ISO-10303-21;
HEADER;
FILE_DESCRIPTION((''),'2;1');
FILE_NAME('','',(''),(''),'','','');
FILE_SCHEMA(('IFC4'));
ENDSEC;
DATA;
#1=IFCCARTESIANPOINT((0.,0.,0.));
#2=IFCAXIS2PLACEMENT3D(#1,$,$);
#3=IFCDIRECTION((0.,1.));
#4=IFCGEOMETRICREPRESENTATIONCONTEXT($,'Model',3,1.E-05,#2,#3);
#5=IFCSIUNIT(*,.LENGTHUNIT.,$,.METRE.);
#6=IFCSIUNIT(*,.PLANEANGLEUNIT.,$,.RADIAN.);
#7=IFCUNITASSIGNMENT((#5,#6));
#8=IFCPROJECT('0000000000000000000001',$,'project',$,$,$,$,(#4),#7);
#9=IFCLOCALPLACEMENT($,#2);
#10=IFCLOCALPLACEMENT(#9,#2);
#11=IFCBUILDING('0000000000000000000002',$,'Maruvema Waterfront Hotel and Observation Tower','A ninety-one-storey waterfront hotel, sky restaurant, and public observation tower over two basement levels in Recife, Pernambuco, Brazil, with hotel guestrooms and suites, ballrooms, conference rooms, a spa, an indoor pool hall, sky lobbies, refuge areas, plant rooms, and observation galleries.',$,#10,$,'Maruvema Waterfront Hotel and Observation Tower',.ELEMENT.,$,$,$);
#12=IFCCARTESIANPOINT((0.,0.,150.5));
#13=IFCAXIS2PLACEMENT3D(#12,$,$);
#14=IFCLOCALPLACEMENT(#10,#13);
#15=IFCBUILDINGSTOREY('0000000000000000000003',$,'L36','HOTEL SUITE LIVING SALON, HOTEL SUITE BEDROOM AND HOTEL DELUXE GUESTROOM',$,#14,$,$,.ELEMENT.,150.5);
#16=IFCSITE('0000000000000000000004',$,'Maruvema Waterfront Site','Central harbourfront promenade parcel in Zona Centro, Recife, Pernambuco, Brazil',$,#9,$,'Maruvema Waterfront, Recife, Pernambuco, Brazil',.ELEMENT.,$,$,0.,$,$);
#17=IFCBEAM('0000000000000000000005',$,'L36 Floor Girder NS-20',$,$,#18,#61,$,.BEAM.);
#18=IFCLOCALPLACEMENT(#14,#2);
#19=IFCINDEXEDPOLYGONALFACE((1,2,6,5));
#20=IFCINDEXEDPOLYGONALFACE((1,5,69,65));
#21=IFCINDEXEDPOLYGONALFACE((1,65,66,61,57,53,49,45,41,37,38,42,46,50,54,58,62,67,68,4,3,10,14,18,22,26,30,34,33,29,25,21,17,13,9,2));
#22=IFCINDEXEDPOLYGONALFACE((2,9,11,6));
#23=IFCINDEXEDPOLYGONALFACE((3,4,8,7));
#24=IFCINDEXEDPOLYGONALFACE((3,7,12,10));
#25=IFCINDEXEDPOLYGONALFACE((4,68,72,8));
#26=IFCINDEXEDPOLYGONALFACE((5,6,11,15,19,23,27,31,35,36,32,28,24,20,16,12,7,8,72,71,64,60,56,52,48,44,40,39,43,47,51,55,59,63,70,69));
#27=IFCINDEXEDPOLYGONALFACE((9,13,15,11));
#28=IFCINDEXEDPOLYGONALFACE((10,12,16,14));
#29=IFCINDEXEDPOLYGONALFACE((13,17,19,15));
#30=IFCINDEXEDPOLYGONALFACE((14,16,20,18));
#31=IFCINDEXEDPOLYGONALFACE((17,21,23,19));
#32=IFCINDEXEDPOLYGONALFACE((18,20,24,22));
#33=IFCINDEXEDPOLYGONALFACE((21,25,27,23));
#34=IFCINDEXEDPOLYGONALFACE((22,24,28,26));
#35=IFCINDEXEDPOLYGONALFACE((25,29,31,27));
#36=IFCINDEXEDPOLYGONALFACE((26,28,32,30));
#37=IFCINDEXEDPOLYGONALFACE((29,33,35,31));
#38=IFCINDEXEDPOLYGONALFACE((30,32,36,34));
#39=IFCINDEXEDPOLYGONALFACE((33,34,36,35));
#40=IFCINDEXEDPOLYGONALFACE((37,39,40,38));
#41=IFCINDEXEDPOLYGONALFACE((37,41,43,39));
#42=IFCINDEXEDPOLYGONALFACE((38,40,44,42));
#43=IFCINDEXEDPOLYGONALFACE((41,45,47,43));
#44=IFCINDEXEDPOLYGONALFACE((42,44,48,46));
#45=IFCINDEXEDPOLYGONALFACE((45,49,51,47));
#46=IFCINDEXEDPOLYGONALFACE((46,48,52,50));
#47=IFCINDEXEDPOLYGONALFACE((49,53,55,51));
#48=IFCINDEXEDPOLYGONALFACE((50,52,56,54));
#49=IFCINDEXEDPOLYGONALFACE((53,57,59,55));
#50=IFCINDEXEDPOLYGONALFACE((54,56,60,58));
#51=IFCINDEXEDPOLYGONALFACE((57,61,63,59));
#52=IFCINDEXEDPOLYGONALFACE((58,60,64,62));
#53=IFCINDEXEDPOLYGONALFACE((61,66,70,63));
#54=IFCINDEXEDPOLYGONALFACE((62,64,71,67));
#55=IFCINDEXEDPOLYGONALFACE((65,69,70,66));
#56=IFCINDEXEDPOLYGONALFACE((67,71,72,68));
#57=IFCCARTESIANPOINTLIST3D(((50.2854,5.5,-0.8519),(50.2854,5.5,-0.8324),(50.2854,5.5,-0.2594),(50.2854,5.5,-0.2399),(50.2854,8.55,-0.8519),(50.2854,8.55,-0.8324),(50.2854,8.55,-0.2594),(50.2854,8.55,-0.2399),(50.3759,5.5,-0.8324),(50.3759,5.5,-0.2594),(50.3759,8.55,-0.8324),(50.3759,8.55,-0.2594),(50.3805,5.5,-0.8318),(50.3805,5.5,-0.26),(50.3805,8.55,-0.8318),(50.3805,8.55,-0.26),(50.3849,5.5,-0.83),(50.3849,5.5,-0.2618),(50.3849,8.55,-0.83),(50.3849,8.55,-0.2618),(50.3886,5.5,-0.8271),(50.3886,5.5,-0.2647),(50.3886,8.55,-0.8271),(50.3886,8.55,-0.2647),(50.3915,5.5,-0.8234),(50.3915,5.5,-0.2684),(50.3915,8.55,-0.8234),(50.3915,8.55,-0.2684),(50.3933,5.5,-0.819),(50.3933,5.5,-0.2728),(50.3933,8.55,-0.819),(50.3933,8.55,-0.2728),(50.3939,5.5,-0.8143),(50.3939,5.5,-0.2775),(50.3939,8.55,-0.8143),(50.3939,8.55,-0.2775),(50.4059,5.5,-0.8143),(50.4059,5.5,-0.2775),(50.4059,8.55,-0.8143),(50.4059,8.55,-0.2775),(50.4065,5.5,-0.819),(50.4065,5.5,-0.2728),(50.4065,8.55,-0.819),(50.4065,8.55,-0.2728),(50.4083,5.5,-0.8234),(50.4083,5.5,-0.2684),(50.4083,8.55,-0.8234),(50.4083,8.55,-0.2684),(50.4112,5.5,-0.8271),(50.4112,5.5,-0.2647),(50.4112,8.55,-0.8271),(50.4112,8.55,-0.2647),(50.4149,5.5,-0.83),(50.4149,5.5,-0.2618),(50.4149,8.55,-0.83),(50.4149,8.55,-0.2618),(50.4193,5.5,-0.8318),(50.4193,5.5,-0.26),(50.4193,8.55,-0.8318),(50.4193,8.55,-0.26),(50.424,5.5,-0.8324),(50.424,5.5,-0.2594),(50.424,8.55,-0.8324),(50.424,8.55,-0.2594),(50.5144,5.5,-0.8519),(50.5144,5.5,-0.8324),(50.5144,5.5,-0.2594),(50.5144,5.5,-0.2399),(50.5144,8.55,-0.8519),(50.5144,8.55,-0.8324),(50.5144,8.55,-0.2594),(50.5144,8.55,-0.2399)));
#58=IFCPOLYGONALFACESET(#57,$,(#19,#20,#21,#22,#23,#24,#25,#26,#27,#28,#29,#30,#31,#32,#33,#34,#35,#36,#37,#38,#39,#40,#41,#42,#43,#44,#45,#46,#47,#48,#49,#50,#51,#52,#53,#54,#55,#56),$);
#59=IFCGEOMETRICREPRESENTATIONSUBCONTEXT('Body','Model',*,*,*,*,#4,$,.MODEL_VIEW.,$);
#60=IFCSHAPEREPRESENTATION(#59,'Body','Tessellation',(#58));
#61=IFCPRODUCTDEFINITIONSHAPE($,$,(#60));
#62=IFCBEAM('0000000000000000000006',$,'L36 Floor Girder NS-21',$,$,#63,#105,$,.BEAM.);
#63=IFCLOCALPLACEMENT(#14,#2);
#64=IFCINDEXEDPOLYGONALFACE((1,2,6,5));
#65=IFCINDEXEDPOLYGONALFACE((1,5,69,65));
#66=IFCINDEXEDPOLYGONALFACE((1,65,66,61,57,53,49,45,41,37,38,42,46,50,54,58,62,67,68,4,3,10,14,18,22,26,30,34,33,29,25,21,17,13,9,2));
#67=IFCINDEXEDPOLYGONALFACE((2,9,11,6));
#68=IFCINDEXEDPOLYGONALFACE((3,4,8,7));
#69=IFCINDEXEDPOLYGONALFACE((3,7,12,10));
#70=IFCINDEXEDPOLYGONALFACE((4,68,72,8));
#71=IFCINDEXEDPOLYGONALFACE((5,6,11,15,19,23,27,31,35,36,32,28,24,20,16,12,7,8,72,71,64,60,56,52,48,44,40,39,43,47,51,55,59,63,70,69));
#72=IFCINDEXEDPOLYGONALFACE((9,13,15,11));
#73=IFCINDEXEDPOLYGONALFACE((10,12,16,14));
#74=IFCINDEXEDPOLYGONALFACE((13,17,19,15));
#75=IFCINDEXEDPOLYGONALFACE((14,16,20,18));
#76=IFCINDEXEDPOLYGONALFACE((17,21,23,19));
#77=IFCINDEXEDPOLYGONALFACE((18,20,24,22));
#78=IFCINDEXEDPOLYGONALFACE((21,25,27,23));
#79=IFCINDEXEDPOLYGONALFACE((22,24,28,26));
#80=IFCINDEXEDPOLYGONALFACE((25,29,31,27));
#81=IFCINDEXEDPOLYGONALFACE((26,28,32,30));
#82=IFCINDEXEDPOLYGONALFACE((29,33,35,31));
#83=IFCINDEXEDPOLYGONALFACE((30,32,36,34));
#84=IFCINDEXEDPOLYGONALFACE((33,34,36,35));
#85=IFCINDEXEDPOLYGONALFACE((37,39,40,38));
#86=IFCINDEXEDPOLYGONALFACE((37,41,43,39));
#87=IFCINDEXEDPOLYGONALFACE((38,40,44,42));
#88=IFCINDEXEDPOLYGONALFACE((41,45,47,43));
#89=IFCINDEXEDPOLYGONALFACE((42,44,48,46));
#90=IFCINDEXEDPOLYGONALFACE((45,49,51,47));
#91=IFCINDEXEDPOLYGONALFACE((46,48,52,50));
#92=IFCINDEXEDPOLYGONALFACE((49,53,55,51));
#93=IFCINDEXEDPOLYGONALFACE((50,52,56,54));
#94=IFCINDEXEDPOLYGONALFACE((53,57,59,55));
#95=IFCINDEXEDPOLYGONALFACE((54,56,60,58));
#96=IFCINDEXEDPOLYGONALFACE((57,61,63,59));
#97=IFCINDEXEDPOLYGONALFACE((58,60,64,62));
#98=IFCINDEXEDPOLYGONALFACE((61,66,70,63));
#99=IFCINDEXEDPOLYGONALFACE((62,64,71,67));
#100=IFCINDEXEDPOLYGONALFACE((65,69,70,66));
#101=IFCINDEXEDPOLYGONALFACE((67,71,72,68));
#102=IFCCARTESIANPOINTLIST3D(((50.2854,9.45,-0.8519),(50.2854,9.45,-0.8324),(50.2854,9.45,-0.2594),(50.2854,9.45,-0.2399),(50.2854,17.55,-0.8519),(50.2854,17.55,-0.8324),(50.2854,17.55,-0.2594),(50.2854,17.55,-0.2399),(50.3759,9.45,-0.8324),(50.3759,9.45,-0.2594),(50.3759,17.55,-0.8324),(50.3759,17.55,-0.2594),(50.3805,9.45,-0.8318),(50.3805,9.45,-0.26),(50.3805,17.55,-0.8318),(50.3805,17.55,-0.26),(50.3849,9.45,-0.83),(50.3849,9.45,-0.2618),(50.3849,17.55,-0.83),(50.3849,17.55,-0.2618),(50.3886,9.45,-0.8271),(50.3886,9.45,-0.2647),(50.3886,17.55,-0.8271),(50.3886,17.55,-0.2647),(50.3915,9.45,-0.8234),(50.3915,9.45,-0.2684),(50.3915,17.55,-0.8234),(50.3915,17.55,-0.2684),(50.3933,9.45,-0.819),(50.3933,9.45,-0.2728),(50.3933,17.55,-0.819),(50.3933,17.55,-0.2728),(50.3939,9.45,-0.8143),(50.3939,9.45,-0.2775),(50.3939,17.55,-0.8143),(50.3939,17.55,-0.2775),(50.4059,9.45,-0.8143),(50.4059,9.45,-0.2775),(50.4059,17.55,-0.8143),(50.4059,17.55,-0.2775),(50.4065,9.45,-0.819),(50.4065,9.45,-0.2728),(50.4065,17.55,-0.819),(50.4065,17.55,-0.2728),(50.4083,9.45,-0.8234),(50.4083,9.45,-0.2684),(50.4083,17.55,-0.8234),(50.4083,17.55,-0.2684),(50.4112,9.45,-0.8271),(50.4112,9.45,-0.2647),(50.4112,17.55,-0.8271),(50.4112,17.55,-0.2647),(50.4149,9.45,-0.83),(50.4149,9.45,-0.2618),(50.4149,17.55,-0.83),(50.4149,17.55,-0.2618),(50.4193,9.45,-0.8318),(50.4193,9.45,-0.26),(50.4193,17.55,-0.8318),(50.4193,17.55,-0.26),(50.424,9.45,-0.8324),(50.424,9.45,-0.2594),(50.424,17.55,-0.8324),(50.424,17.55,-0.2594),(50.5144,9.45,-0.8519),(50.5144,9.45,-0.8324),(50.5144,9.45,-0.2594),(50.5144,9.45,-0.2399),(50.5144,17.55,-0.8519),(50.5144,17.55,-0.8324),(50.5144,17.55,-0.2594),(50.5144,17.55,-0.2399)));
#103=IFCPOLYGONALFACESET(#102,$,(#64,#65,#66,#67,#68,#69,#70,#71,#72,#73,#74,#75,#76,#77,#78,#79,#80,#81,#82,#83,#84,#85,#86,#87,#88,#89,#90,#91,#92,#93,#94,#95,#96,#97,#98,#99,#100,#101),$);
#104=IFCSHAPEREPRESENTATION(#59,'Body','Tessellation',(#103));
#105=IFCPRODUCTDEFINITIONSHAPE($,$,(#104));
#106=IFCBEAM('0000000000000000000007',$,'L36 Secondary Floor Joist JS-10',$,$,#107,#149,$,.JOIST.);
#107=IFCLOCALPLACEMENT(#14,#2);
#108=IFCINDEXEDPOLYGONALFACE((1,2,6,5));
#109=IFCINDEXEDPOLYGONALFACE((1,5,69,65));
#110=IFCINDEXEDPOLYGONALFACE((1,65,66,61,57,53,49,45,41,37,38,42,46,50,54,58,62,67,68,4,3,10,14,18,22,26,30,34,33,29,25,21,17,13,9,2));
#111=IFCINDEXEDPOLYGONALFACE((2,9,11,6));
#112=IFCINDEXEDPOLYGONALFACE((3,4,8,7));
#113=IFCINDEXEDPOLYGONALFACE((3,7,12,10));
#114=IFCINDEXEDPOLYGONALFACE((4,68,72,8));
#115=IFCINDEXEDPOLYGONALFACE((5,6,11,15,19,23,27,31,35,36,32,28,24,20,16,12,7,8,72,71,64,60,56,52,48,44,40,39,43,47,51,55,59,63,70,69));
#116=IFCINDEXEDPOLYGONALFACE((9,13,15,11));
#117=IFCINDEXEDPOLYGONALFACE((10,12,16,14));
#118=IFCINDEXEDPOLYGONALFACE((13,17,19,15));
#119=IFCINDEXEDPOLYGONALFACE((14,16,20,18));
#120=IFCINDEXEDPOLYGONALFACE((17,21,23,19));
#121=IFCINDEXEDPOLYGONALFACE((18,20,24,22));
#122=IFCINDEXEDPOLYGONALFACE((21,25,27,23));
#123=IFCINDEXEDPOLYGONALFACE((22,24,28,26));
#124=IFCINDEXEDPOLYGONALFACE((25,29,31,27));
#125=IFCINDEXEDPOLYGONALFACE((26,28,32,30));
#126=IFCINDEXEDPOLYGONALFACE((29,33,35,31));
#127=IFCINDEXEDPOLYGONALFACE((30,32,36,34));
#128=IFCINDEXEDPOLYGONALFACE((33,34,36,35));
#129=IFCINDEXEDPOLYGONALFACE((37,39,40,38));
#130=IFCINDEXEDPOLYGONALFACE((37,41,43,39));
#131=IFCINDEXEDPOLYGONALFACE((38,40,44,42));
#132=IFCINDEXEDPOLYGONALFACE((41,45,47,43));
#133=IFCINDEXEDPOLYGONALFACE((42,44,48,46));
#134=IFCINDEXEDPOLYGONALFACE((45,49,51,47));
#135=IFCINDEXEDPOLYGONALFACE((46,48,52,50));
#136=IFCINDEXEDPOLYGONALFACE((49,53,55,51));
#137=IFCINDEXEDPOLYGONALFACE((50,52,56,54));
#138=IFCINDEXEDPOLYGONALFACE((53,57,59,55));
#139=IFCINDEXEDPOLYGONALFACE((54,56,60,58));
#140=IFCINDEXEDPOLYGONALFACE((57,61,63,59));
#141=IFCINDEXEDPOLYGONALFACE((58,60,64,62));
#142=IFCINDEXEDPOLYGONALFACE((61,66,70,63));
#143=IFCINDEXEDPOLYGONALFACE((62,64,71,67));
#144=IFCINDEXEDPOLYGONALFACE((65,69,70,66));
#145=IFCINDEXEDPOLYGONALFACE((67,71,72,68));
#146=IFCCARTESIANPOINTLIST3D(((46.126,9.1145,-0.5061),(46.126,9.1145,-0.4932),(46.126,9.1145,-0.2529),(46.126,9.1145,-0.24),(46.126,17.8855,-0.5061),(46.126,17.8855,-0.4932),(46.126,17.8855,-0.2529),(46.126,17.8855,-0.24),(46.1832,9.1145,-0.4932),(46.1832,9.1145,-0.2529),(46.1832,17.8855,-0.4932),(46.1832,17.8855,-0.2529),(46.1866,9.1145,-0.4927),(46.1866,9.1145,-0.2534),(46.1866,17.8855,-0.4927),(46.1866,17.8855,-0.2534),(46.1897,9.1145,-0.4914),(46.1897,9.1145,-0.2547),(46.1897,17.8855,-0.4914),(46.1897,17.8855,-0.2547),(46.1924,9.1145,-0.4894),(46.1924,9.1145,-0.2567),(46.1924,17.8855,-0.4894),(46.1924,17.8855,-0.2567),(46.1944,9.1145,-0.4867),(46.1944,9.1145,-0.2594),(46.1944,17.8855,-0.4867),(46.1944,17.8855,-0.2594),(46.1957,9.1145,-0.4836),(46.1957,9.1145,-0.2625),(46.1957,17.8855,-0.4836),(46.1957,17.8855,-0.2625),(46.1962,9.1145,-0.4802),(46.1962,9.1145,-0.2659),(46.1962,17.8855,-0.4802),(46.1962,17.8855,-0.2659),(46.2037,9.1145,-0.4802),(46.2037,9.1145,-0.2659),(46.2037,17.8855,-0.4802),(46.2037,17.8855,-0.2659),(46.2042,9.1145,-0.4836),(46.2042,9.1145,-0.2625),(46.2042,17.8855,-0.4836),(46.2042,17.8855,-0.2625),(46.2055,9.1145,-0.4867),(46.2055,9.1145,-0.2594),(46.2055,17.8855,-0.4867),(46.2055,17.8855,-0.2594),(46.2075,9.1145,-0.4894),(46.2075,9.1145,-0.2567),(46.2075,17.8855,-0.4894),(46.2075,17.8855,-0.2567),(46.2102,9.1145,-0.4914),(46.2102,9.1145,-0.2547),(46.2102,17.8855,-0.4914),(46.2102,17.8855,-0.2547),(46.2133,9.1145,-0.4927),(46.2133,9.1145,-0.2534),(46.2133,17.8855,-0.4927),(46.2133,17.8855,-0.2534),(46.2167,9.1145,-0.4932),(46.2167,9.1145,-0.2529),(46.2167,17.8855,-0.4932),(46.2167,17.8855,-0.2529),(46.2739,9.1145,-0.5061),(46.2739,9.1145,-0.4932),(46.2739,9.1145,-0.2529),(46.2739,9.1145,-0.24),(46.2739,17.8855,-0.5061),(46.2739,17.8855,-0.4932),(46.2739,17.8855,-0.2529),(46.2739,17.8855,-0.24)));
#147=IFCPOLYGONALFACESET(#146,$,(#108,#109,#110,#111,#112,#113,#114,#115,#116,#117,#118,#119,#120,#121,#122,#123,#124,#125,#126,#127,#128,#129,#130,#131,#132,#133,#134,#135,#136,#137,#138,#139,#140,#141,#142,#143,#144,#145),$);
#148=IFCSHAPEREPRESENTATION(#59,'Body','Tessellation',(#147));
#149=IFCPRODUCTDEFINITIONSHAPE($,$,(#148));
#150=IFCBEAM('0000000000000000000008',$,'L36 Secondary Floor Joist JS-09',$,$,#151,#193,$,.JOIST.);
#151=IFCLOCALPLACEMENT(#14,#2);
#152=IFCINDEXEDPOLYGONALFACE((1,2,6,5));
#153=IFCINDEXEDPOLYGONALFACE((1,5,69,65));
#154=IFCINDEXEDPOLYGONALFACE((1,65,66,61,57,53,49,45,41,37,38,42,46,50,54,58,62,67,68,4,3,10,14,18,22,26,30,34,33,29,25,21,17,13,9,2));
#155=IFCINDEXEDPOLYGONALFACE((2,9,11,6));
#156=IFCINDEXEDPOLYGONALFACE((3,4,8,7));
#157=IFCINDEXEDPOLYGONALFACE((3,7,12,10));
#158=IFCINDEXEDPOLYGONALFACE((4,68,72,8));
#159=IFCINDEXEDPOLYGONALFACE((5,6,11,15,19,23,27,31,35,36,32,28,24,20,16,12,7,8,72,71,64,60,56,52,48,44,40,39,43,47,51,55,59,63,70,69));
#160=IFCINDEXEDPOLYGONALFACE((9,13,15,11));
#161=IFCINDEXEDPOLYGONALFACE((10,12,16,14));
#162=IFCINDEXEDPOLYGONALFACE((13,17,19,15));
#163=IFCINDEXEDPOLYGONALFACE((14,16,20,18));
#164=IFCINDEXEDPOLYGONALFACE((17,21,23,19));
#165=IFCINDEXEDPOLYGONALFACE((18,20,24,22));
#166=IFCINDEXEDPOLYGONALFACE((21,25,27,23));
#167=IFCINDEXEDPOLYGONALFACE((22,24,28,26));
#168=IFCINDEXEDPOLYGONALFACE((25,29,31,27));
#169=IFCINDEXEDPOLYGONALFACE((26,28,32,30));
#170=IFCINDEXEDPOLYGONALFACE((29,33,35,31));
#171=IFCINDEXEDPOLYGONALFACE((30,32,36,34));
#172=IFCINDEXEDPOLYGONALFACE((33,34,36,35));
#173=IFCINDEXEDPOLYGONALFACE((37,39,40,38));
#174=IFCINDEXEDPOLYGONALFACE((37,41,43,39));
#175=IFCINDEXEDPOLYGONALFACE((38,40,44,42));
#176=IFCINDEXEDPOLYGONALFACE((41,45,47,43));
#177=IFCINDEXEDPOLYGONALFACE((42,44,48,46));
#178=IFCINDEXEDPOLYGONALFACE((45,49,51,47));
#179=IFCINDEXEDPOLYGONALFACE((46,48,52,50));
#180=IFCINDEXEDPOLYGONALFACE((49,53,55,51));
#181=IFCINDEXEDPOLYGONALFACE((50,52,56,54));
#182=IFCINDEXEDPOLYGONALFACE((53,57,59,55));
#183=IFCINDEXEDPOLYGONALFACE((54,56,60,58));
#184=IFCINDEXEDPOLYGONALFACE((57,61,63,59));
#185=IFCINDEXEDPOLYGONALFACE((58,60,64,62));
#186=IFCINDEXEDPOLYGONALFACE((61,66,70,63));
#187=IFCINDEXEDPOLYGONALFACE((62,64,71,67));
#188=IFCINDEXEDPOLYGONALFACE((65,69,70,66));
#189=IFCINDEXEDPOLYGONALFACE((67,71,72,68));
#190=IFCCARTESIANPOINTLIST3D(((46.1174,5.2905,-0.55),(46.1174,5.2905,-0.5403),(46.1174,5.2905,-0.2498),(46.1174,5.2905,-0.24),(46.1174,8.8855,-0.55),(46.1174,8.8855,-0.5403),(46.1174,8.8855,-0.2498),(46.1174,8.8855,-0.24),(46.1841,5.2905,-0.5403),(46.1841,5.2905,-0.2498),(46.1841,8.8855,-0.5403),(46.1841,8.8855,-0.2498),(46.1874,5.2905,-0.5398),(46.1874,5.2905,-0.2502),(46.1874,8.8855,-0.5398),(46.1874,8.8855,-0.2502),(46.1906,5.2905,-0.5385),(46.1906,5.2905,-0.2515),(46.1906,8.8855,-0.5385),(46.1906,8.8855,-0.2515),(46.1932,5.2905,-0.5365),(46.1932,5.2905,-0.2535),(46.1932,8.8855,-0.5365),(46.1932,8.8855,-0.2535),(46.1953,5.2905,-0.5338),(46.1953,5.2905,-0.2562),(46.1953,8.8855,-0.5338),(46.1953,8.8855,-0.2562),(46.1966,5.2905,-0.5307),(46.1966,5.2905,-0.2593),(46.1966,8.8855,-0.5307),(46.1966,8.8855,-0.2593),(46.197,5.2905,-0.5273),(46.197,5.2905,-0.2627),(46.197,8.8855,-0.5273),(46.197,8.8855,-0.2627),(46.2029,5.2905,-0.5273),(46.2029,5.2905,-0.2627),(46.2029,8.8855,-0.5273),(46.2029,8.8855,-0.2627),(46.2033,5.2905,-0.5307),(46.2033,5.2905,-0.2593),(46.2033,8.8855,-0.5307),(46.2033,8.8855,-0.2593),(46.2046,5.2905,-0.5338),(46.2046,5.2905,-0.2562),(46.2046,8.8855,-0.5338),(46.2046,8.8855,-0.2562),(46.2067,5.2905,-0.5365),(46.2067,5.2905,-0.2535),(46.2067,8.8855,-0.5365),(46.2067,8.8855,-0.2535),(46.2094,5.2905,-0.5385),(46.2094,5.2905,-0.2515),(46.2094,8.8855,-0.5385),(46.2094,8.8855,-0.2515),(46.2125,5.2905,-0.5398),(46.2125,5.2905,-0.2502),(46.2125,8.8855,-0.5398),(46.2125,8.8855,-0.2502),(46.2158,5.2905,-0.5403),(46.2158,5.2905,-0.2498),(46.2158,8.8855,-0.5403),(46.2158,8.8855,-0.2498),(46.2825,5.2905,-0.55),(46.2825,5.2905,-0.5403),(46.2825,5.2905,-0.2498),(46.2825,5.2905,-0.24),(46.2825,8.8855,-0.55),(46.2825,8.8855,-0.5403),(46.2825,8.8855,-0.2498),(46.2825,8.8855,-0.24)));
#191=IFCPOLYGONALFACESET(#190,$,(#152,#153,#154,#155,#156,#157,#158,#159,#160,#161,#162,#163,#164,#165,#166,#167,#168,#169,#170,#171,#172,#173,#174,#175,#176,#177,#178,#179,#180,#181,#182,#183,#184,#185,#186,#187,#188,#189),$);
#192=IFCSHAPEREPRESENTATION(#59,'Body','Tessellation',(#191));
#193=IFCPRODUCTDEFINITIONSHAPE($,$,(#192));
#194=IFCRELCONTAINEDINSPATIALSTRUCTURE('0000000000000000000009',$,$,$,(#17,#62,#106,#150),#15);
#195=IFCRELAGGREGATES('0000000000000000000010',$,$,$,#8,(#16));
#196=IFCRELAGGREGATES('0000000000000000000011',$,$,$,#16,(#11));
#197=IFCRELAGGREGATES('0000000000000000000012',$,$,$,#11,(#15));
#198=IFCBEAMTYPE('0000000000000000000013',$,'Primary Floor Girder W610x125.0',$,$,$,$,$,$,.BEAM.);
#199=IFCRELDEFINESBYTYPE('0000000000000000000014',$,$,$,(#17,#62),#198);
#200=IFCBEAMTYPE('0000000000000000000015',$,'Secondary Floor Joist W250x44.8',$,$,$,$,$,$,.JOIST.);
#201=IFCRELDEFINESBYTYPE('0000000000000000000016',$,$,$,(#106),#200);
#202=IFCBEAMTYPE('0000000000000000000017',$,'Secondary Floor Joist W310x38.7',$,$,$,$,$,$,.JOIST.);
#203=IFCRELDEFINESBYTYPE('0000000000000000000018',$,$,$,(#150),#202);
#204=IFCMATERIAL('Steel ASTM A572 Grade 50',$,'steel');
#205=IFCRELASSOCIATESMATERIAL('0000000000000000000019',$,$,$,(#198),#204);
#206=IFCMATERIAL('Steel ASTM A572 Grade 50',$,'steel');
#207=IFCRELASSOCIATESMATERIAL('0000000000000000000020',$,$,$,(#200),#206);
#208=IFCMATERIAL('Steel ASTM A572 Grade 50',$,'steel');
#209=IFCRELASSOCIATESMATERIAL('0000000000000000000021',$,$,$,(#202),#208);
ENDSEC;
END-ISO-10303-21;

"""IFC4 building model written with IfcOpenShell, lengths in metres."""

from ifc_helpers import new_model, si_unit, direction, frame, origin, origin_2d, place, context, subcontext, project, spatial, i_section, extrude, material, material_profile, profile_set, type_object, element, save


model = new_model("IFC4")

# Units and contexts
model_context = context("Model", 3, precision=1e-05, world=origin(), true_north=direction((0.0, 1.0)))
body_context = subcontext(model_context, "Body", "Model", "MODEL_VIEW")
ifc_project = project(units=[si_unit("LENGTHUNIT", "METRE"), si_unit("PLANEANGLEUNIT", "RADIAN")], contexts=[model_context])

# Site, building, storey
site_placement = place(None, origin())
site = spatial("IfcSite", under=ifc_project, at=site_placement, Name="Maruvema Waterfront Site", Description="Central harbourfront promenade parcel in Zona Centro, Recife, Pernambuco, Brazil", LongName="Maruvema Waterfront, Recife, Pernambuco, Brazil", CompositionType="ELEMENT", RefElevation=0.0)
building_placement = place(site_placement, origin())
building = spatial("IfcBuilding", under=site, at=building_placement, Name="Maruvema Waterfront Hotel and Observation Tower", Description="A ninety-one-storey waterfront hotel, sky restaurant, and public observation tower over two basement levels in Recife, Pernambuco, Brazil, with hotel guestrooms and suites, ballrooms, conference rooms, a spa, an indoor pool hall, sky lobbies, refuge areas, plant rooms, and observation galleries.", LongName="Maruvema Waterfront Hotel and Observation Tower", CompositionType="ELEMENT")
storey_placement = place(building_placement, frame((0.0, 0.0, 150.5)))
storey = spatial("IfcBuildingStorey", under=building, at=storey_placement, Name="L36", Description="HOTEL SUITE LIVING SALON, HOTEL SUITE BEDROOM AND HOTEL DELUXE GUESTROOM", CompositionType="ELEMENT", Elevation=150.5)

# Beams
ifc_material_1 = material(Name="Steel ASTM A572 Grade 50", Category="steel")
ifc_material_profile_1 = material_profile(ifc_material_1, i_section(OverallWidth=0.229, OverallDepth=0.6121, WebThickness=0.012, FlangeThickness=0.0195, FilletRadius=0.0181, at=origin_2d()), Name="W610x125.0")
ifc_profile_set_1 = profile_set([ifc_material_profile_1], Name="Steel ASTM A572 Grade 50")
beam_type_1 = type_object("IfcBeamType", Name="Primary Floor Girder W610x125.0", PredefinedType="BEAM", material=ifc_profile_set_1)
beam_1_placement = place(storey_placement, frame((50.3999, 5.5, -0.5459), z_axis=(0.0, 1.0, 0.0), x_axis=(-1.0, 0.0, 0.0)))
element("IfcBeam", 1, at=beam_1_placement, inside=storey, type_object=beam_type_1, Name="L36 Floor Girder NS-20", PredefinedType="BEAM", context=body_context, shape_type="SweptSolid", body=[
    extrude(i_section(OverallWidth=0.229, OverallDepth=0.6121, WebThickness=0.012, FlangeThickness=0.0195, FilletRadius=0.0181, at=origin_2d()), origin(), (0.0, 0.0, 1.0), 3.05),
])
beam_2_placement = place(storey_placement, frame((50.3999, 9.45, -0.5459), z_axis=(0.0, 1.0, 0.0), x_axis=(-1.0, 0.0, 0.0)))
element("IfcBeam", 2, at=beam_2_placement, inside=storey, type_object=beam_type_1, Name="L36 Floor Girder NS-21", PredefinedType="BEAM", context=body_context, shape_type="SweptSolid", body=[
    extrude(i_section(OverallWidth=0.229, OverallDepth=0.6121, WebThickness=0.012, FlangeThickness=0.0195, FilletRadius=0.0181, at=origin_2d()), origin(), (0.0, 0.0, 1.0), 8.1001),
])
ifc_material_2 = material(Name="Steel ASTM A572 Grade 50", Category="steel")
ifc_material_profile_2 = material_profile(ifc_material_2, i_section(OverallWidth=0.1479, OverallDepth=0.2661, WebThickness=0.0076, FlangeThickness=0.0129, FilletRadius=0.0129, at=origin_2d()), Name="W250x44.8")
ifc_profile_set_2 = profile_set([ifc_material_profile_2], Name="Steel ASTM A572 Grade 50")
beam_type_2 = type_object("IfcBeamType", Name="Secondary Floor Joist W250x44.8", PredefinedType="JOIST", material=ifc_profile_set_2)
beam_3_placement = place(storey_placement, frame((46.2, 9.1145, -0.373), z_axis=(0.0, 1.0, 0.0), x_axis=(-1.0, 0.0, 0.0)))
element("IfcBeam", 3, at=beam_3_placement, inside=storey, type_object=beam_type_2, Name="L36 Secondary Floor Joist JS-10", PredefinedType="JOIST", context=body_context, shape_type="SweptSolid", body=[
    extrude(i_section(OverallWidth=0.1479, OverallDepth=0.2661, WebThickness=0.0076, FlangeThickness=0.0129, FilletRadius=0.0129, at=origin_2d()), origin(), (0.0, 0.0, 1.0), 8.771),
])
ifc_material_3 = material(Name="Steel ASTM A572 Grade 50", Category="steel")
ifc_material_profile_3 = material_profile(ifc_material_3, i_section(OverallWidth=0.165, OverallDepth=0.3101, WebThickness=0.0059, FlangeThickness=0.0098, FilletRadius=0.0129, at=origin_2d()), Name="W310x38.7")
ifc_profile_set_3 = profile_set([ifc_material_profile_3], Name="Steel ASTM A572 Grade 50")
beam_type_3 = type_object("IfcBeamType", Name="Secondary Floor Joist W310x38.7", PredefinedType="JOIST", material=ifc_profile_set_3)
beam_4_placement = place(storey_placement, frame((46.2, 5.2905, -0.395), z_axis=(0.0, 1.0, 0.0), x_axis=(-1.0, 0.0, 0.0)))
element("IfcBeam", 4, at=beam_4_placement, inside=storey, type_object=beam_type_3, Name="L36 Secondary Floor Joist JS-09", PredefinedType="JOIST", context=body_context, shape_type="SweptSolid", body=[
    extrude(i_section(OverallWidth=0.165, OverallDepth=0.3101, WebThickness=0.0059, FlangeThickness=0.0098, FilletRadius=0.0129, at=origin_2d()), origin(), (0.0, 0.0, 1.0), 3.595),
])

save(model, "model.ifc")
